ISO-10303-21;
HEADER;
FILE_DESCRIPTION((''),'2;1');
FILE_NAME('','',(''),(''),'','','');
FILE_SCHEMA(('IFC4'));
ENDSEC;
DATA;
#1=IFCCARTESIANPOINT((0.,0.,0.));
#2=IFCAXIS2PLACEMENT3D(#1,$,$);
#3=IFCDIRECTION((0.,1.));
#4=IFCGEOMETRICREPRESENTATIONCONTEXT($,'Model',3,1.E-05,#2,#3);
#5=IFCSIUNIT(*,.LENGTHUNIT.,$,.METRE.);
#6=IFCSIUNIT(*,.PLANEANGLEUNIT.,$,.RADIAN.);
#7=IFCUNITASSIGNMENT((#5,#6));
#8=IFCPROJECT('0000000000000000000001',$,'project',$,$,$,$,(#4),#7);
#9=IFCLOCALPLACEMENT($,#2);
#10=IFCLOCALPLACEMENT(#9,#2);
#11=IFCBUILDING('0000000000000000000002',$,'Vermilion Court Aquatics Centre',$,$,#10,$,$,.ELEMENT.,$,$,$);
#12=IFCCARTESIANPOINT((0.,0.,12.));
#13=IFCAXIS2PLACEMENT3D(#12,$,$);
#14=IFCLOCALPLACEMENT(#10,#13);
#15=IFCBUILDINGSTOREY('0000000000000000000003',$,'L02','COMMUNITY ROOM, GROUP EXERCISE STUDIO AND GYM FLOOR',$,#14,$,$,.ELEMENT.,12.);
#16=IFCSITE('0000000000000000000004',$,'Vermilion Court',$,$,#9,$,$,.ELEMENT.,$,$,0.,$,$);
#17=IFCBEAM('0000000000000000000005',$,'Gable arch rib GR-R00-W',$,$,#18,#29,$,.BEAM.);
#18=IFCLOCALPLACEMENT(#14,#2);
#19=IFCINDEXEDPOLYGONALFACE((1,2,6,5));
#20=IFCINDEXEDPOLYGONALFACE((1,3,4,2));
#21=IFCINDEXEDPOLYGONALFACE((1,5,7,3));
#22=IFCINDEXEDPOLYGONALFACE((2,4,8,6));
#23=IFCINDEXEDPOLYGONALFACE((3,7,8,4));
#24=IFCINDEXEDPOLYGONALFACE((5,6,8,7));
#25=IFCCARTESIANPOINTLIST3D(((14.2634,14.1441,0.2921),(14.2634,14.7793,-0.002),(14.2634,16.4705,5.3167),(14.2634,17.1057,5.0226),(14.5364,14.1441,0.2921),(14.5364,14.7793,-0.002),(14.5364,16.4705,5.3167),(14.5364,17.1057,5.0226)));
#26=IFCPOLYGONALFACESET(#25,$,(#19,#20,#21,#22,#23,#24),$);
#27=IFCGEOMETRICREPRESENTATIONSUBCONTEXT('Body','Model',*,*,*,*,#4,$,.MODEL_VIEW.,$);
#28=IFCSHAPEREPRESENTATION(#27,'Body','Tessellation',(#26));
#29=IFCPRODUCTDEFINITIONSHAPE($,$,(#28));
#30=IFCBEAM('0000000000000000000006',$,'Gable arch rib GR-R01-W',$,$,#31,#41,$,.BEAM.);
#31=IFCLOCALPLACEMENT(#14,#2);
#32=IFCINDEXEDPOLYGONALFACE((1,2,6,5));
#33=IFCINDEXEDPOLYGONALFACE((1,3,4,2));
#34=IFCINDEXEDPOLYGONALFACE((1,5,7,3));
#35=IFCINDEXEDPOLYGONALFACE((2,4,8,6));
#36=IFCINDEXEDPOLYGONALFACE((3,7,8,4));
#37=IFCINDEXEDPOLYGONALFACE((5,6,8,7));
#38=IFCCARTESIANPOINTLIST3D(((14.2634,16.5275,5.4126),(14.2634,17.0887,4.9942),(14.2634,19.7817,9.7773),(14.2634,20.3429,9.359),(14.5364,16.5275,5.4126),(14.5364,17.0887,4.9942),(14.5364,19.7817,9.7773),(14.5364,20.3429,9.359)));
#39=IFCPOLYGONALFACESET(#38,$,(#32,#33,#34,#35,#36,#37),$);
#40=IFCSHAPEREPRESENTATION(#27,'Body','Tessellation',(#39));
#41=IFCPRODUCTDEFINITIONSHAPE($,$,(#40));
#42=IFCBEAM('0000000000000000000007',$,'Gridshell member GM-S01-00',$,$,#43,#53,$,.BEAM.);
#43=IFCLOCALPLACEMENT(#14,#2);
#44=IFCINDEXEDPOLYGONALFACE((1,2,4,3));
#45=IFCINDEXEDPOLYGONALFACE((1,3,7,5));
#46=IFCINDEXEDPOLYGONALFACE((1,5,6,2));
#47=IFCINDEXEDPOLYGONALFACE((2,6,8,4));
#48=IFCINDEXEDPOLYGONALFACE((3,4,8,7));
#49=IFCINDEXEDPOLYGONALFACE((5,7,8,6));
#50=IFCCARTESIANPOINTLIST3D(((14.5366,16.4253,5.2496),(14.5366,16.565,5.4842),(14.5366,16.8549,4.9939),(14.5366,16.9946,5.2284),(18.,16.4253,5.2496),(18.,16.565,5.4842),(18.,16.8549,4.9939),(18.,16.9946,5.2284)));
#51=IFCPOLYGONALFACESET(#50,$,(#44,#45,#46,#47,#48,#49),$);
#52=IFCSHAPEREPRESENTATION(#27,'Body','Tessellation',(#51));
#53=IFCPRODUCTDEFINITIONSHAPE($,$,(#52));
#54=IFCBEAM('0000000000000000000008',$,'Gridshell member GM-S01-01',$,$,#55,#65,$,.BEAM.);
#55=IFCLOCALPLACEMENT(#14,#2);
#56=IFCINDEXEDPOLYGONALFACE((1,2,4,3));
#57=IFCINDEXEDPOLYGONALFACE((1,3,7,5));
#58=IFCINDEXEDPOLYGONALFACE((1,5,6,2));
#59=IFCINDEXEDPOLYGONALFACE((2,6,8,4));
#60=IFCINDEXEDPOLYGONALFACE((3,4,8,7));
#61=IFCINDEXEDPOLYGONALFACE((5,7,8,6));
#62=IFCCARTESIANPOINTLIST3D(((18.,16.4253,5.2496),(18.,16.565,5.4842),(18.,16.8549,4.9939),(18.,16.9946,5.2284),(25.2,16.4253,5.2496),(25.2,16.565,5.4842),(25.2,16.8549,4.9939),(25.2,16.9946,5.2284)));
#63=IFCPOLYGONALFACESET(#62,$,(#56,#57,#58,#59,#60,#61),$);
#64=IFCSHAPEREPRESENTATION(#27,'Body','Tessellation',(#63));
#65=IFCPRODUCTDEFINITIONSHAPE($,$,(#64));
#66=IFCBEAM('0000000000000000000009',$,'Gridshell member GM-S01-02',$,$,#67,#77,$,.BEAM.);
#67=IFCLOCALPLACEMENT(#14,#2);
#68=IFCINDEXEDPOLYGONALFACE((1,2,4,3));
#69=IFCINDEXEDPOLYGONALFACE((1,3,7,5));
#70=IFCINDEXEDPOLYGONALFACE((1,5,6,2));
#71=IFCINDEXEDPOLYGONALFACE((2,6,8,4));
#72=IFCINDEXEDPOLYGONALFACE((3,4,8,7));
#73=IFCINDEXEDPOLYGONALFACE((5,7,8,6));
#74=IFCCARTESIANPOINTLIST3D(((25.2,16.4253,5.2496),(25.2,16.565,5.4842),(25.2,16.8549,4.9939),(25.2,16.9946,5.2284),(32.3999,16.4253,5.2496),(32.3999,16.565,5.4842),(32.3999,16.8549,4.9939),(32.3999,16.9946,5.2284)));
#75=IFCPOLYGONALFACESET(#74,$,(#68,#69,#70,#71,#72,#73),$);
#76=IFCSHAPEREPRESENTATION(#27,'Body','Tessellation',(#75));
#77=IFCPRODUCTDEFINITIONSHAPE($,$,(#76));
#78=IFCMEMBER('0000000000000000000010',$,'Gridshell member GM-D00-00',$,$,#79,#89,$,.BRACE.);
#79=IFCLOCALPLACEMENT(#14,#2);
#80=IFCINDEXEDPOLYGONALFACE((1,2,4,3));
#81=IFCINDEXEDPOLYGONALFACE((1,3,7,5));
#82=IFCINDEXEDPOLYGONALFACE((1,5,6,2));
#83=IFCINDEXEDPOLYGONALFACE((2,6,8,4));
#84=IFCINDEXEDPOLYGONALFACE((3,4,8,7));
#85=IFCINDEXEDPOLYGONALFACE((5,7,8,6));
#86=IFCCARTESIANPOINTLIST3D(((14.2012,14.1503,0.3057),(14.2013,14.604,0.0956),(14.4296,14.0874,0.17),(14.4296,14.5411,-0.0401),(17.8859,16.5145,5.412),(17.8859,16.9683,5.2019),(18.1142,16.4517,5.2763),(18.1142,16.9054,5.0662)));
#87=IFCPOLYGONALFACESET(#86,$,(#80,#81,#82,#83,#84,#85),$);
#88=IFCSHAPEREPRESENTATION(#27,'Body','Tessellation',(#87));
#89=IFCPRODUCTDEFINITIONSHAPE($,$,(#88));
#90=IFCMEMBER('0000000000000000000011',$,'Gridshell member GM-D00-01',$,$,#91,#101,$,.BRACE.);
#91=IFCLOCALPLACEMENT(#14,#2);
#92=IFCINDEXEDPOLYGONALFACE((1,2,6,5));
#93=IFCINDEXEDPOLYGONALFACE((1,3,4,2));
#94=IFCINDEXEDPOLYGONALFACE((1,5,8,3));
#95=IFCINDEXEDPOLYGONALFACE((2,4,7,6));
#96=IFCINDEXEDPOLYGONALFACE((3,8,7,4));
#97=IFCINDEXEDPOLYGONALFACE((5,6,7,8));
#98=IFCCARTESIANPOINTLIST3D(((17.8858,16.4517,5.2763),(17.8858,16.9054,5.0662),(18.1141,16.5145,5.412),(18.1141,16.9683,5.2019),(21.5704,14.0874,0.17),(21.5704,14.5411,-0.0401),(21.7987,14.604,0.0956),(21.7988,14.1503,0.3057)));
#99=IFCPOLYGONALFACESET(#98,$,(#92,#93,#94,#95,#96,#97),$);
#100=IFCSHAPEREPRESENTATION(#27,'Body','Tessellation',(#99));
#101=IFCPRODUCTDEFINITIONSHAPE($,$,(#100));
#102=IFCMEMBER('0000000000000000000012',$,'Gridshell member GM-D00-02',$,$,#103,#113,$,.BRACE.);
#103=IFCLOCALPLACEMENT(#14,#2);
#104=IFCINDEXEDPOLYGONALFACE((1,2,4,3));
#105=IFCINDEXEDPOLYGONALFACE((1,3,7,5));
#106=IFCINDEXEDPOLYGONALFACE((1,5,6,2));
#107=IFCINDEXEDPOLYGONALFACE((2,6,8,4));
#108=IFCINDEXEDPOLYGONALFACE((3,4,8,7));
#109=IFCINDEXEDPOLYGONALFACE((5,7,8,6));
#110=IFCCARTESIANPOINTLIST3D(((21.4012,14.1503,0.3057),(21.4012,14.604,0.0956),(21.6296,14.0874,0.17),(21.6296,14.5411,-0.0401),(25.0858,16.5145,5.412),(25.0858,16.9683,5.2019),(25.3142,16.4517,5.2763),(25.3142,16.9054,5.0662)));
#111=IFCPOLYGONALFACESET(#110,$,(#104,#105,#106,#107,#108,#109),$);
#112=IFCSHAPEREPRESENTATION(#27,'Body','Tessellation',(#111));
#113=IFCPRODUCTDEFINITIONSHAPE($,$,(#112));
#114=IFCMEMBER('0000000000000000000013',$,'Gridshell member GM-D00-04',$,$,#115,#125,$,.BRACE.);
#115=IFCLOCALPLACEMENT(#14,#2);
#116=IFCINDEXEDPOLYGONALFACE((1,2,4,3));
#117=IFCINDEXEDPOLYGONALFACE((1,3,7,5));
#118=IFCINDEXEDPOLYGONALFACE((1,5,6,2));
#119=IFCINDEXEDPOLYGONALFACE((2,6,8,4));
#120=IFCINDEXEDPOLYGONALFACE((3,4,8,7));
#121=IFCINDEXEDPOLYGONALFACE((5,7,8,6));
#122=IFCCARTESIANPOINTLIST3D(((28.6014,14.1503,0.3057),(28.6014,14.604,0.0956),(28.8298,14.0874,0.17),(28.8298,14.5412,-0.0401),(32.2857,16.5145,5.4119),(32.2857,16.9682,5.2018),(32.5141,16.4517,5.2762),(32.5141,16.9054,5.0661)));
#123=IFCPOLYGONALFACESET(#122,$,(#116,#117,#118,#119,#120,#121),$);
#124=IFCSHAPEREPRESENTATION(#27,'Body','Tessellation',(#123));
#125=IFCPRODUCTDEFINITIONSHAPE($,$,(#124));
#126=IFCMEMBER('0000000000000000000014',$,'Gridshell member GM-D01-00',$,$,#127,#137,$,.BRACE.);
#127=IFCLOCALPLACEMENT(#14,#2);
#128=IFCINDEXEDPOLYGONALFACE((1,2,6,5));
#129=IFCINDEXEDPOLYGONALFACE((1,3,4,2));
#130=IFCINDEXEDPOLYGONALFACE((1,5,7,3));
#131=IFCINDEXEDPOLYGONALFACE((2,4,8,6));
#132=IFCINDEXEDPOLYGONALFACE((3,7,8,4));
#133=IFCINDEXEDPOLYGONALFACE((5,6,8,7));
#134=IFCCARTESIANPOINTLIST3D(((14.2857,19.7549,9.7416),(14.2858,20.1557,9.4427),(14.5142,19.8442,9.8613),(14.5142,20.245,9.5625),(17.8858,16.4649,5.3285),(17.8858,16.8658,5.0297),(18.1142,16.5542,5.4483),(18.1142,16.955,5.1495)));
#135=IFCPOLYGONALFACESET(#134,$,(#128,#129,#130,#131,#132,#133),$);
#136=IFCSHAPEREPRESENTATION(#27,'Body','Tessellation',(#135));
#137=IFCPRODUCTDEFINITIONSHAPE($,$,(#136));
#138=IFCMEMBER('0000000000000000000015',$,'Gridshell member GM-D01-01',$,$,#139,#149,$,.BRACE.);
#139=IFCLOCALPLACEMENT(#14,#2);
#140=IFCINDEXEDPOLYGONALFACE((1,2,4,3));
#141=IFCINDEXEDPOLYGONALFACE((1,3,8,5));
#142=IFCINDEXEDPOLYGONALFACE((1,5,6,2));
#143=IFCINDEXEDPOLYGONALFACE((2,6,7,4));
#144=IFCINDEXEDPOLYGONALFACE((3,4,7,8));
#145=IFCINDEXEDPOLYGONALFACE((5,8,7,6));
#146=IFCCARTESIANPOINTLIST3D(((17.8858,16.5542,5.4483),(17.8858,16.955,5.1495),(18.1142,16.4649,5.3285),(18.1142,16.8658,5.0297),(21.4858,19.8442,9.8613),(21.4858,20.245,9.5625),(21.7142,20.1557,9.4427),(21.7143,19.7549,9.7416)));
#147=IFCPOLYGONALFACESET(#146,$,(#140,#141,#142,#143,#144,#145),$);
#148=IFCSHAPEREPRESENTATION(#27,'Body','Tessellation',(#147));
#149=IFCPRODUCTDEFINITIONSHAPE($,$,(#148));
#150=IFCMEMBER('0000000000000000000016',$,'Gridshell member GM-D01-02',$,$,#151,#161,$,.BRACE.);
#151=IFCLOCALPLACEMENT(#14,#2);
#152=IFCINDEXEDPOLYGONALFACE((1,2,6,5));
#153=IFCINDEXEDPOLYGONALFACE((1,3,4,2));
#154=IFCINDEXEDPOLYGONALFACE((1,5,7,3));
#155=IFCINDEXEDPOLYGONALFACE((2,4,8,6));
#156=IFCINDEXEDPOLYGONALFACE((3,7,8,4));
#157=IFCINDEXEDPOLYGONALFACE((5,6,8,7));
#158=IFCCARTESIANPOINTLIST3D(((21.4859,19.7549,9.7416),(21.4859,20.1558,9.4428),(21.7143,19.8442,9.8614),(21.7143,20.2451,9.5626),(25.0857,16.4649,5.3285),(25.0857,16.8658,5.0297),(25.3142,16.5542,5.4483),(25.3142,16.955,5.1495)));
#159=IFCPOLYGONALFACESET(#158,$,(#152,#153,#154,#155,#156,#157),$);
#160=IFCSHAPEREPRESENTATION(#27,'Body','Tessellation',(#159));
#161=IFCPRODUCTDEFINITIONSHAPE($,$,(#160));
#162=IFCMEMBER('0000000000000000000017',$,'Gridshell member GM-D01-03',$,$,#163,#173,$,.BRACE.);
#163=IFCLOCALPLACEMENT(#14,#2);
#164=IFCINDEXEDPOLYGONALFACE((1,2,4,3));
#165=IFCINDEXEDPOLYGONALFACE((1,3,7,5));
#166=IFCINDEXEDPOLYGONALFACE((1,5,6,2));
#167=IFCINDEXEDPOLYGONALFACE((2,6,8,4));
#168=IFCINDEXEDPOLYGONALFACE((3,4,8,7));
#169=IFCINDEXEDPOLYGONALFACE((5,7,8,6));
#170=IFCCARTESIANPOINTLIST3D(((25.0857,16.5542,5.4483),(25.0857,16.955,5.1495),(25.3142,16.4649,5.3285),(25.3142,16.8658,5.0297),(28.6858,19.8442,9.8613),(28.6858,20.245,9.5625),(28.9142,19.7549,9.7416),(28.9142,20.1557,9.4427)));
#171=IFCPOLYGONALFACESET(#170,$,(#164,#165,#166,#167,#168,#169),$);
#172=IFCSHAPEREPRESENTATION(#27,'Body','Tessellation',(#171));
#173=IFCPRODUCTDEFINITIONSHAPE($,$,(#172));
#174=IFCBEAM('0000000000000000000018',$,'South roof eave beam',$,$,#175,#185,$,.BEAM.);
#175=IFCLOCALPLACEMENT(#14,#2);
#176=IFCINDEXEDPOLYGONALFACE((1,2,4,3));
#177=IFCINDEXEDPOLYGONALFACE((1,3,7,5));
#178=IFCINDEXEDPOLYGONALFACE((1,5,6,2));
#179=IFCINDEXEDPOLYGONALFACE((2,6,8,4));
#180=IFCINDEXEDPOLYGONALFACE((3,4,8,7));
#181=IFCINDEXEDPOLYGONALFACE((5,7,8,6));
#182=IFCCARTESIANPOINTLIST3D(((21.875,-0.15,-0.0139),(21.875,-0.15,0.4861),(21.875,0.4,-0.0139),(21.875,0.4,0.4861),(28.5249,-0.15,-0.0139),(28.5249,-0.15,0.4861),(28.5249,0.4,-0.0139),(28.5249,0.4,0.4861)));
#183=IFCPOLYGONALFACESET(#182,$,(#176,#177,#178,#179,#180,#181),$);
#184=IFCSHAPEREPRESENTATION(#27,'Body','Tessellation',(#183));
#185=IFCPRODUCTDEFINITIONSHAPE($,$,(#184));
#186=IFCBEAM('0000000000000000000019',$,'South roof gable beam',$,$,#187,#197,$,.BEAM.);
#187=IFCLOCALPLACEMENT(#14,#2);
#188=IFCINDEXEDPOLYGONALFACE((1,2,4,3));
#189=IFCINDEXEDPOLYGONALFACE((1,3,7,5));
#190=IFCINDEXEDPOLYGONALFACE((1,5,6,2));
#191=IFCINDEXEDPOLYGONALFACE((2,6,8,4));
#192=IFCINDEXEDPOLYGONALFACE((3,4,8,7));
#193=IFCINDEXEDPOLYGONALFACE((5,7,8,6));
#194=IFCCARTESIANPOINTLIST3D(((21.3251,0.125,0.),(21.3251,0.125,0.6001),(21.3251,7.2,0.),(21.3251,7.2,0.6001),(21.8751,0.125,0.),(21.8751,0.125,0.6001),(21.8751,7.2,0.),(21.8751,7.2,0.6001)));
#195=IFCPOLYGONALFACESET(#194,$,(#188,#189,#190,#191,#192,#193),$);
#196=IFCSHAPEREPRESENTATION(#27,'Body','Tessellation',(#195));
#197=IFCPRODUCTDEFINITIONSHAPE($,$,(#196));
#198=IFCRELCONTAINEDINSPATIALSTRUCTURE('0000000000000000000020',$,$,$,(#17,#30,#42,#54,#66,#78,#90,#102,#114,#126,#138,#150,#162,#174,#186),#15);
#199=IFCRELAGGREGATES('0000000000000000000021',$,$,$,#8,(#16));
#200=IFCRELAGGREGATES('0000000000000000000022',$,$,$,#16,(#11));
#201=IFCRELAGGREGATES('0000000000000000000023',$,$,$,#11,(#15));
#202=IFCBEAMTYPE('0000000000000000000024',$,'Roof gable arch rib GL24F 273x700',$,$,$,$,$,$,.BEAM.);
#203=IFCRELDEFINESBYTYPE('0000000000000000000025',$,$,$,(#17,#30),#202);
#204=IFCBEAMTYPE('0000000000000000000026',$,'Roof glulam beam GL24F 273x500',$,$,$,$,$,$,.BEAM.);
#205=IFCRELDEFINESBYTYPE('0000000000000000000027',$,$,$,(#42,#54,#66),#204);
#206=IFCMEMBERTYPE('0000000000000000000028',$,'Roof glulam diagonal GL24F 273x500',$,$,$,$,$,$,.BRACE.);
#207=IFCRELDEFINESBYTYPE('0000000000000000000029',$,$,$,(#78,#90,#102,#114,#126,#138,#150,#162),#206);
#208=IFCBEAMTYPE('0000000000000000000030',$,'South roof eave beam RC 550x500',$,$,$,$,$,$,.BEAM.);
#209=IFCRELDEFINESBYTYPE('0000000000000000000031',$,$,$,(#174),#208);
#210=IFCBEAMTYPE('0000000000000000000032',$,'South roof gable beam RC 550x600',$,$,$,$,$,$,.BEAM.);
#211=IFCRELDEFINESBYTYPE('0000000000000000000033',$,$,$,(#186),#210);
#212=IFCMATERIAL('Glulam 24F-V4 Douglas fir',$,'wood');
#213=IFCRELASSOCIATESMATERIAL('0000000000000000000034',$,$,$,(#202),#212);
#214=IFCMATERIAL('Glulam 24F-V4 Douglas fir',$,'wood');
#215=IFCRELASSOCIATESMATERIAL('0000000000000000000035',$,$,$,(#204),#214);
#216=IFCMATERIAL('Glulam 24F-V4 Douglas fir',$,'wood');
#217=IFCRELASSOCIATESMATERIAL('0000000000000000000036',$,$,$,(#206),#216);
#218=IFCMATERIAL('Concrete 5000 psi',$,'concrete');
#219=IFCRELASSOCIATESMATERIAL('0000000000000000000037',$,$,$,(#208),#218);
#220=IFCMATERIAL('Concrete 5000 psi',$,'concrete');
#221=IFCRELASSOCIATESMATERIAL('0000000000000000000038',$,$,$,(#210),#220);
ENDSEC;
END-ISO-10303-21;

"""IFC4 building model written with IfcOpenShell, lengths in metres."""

from ifc_helpers import new_model, si_unit, direction, frame, origin, origin_2d, place, context, subcontext, project, spatial, rectangle, extrude, material, material_profile, profile_set, type_object, element, save


model = new_model("IFC4")

# Units and contexts
model_context = context("Model", 3, precision=1e-05, world=origin(), true_north=direction((0.0, 1.0)))
body_context = subcontext(model_context, "Body", "Model", "MODEL_VIEW")
ifc_project = project(units=[si_unit("LENGTHUNIT", "METRE"), si_unit("PLANEANGLEUNIT", "RADIAN")], contexts=[model_context])

# Site, building, storey
site_placement = place(None, origin())
site = spatial("IfcSite", under=ifc_project, at=site_placement, Name="Vermilion Court", CompositionType="ELEMENT", RefElevation=0.0)
building_placement = place(site_placement, origin())
building = spatial("IfcBuilding", under=site, at=building_placement, Name="Vermilion Court Aquatics Centre", CompositionType="ELEMENT")
storey_placement = place(building_placement, frame((0.0, 0.0, 12.0)))
storey = spatial("IfcBuildingStorey", under=building, at=storey_placement, Name="L02", Description="COMMUNITY ROOM, GROUP EXERCISE STUDIO AND GYM FLOOR", CompositionType="ELEMENT", Elevation=12.0)

# Beams
ifc_material_1 = material(Name="Glulam 24F-V4 Douglas fir", Category="wood")
ifc_material_profile_1 = material_profile(ifc_material_1, rectangle(XDim=0.2729, YDim=0.7, at=origin_2d()), Name="GL24F 273x700")
ifc_profile_set_1 = profile_set([ifc_material_profile_1], Name="Glulam 24F-V4 Douglas fir")
beam_type_1 = type_object("IfcBeamType", Name="Roof gable arch rib GL24F 273x700", PredefinedType="BEAM", material=ifc_profile_set_1)
beam_1_placement = place(storey_placement, frame((14.3999, 14.4617, 0.145), z_axis=(0.0, 0.420151, 0.907454), x_axis=(-1.0, 0.0, 0.0)))
element("IfcBeam", 1, at=beam_1_placement, inside=storey, type_object=beam_type_1, Name="Gable arch rib GR-R00-W", PredefinedType="BEAM", context=body_context, shape_type="SweptSolid", body=[
    extrude(rectangle(XDim=0.2729, YDim=0.7, at=origin_2d()), origin(), (0.0, 0.0, 1.0), 5.5371),
])
beam_2_placement = place(storey_placement, frame((14.3999, 16.8081, 5.2034), z_axis=(0.0, 0.597716, 0.801708), x_axis=(-1.0, 0.0, 0.0)))
element("IfcBeam", 2, at=beam_2_placement, inside=storey, type_object=beam_type_1, Name="Gable arch rib GR-R01-W", PredefinedType="BEAM", context=body_context, shape_type="SweptSolid", body=[
    extrude(rectangle(XDim=0.2729, YDim=0.7, at=origin_2d()), origin(), (0.0, 0.0, 1.0), 5.4443),
])
ifc_material_2 = material(Name="Glulam 24F-V4 Douglas fir", Category="wood")
ifc_material_profile_2 = material_profile(ifc_material_2, rectangle(XDim=0.2729, YDim=0.5, at=origin_2d()), Name="GL24F 273x500")
ifc_profile_set_2 = profile_set([ifc_material_profile_2], Name="Glulam 24F-V4 Douglas fir")
beam_type_2 = type_object("IfcBeamType", Name="Roof glulam beam GL24F 273x500", PredefinedType="BEAM", material=ifc_profile_set_2)
beam_3_placement = place(storey_placement, frame((14.5366, 16.71, 5.239), z_axis=(1.0, 0.0, 0.0), x_axis=(0.0, 0.511595, 0.859227)))
element("IfcBeam", 3, at=beam_3_placement, inside=storey, type_object=beam_type_2, Name="Gridshell member GM-S01-00", PredefinedType="BEAM", context=body_context, shape_type="SweptSolid", body=[
    extrude(rectangle(XDim=0.2729, YDim=0.5, at=origin_2d()), origin(), (0.0, 0.0, 1.0), 3.4634),
])
for number, where, z_axis, x_axis, name in (
    (4, (18.0, 16.71, 5.239), (1.0, 0.0, 0.0), (0.0, 0.511595, 0.859227), "Gridshell member GM-S01-01"),
    (5, (25.2, 16.71, 5.239), (1.0, 0.0, 0.0), (0.0, 0.511595, 0.859227), "Gridshell member GM-S01-02"),
):
    element("IfcBeam", number, at=place(storey_placement, frame(where, z_axis=z_axis, x_axis=x_axis)), inside=storey, type_object=beam_type_2, Name=name, PredefinedType="BEAM", context=body_context, shape_type="SweptSolid", body=[
        extrude(rectangle(XDim=0.2729, YDim=0.5, at=origin_2d()), origin(), (0.0, 0.0, 1.0), 7.2),
    ])

# Members
ifc_material_3 = material(Name="Glulam 24F-V4 Douglas fir", Category="wood")
ifc_material_profile_3 = material_profile(ifc_material_3, rectangle(XDim=0.2729, YDim=0.5, at=origin_2d()), Name="GL24F 273x500")
ifc_profile_set_3 = profile_set([ifc_material_profile_3], Name="Glulam 24F-V4 Douglas fir")
member_type = type_object("IfcMemberType", Name="Roof glulam diagonal GL24F 273x500", PredefinedType="BRACE", material=ifc_profile_set_3)
for number, where, z_axis, x_axis, name in (
    (6, (14.3154, 14.3457, 0.1328), (0.54781, 0.35151, 0.759174), (-0.836603, 0.230193, 0.497099), "Gridshell member GM-D00-00"),
    (7, (21.6846, 14.3457, 0.1328), (-0.54781, 0.35151, 0.759174), (-0.836603, -0.230193, -0.497099), "Gridshell member GM-D00-01"),
    (8, (21.5154, 14.3457, 0.1328), (0.54781, 0.35151, 0.759174), (-0.836603, 0.230193, 0.497099), "Gridshell member GM-D00-02"),
):
    element("IfcMember", number, at=place(storey_placement, frame(where, z_axis=z_axis, x_axis=x_axis)), inside=storey, type_object=member_type, Name=name, PredefinedType="BRACE", context=body_context, shape_type="SweptSolid", body=[
        extrude(rectangle(XDim=0.2729, YDim=0.5, at=origin_2d()), origin(), (0.0, 0.0, 1.0), 6.7261),
    ])
member_placement = place(storey_placement, frame((28.7156, 14.3457, 0.1328), z_axis=(0.547785, 0.351517, 0.759189), x_axis=(-0.836619, 0.230161, 0.497085)))
element("IfcMember", 9, at=member_placement, inside=storey, type_object=member_type, Name="Gridshell member GM-D00-04", PredefinedType="BRACE", context=body_context, shape_type="SweptSolid", body=[
    extrude(rectangle(XDim=0.2729, YDim=0.5, at=origin_2d()), origin(), (0.0, 0.0, 1.0), 6.7258),
])
for number, where, z_axis, x_axis, name in (
    (10, (18.0, 16.71, 5.239), (-0.547355, 0.500214, 0.670961), (-0.836901, -0.327117, -0.438853), "Gridshell member GM-D01-00"),
    (11, (18.0, 16.71, 5.239), (0.547355, 0.500214, 0.670961), (-0.836901, 0.327117, 0.438853), "Gridshell member GM-D01-01"),
    (12, (25.2, 16.71, 5.239), (-0.547329, 0.500224, 0.670974), (-0.836918, -0.327083, -0.438846), "Gridshell member GM-D01-02"),
    (13, (25.2, 16.71, 5.239), (0.547355, 0.500214, 0.670961), (-0.836901, 0.327117, 0.438853), "Gridshell member GM-D01-03"),
):
    element("IfcMember", number, at=place(storey_placement, frame(where, z_axis=z_axis, x_axis=x_axis)), inside=storey, type_object=member_type, Name=name, PredefinedType="BRACE", context=body_context, shape_type="SweptSolid", body=[
        extrude(rectangle(XDim=0.2729, YDim=0.5, at=origin_2d()), origin(), (0.0, 0.0, 1.0), 6.5771),
    ])

# Beams
ifc_material_4 = material(Name="Concrete 5000 psi", Category="concrete")
ifc_material_profile_4 = material_profile(ifc_material_4, rectangle(XDim=0.55, YDim=0.5, at=origin_2d()), Name="RC 550x500")
ifc_profile_set_4 = profile_set([ifc_material_profile_4], Name="Concrete 5000 psi")
beam_type_3 = type_object("IfcBeamType", Name="South roof eave beam RC 550x500", PredefinedType="BEAM", material=ifc_profile_set_4)
beam_4_placement = place(storey_placement, frame((21.875, 0.125, 0.2361), z_axis=(1.0, 0.0, 0.0), x_axis=(0.0, 1.0, 0.0)))
element("IfcBeam", 14, at=beam_4_placement, inside=storey, type_object=beam_type_3, Name="South roof eave beam", PredefinedType="BEAM", context=body_context, shape_type="SweptSolid", body=[
    extrude(rectangle(XDim=0.55, YDim=0.5, at=origin_2d()), origin(), (0.0, 0.0, 1.0), 6.6499),
])
ifc_material_5 = material(Name="Concrete 5000 psi", Category="concrete")
ifc_material_profile_5 = material_profile(ifc_material_5, rectangle(XDim=0.55, YDim=0.6001, at=origin_2d()), Name="RC 550x600")
ifc_profile_set_5 = profile_set([ifc_material_profile_5], Name="Concrete 5000 psi")
beam_type_4 = type_object("IfcBeamType", Name="South roof gable beam RC 550x600", PredefinedType="BEAM", material=ifc_profile_set_5)
beam_5_placement = place(storey_placement, frame((21.6001, 0.125, 0.3), z_axis=(0.0, 1.0, 0.0), x_axis=(-1.0, 0.0, 0.0)))
element("IfcBeam", 15, at=beam_5_placement, inside=storey, type_object=beam_type_4, Name="South roof gable beam", PredefinedType="BEAM", context=body_context, shape_type="SweptSolid", body=[
    extrude(rectangle(XDim=0.55, YDim=0.6001, at=origin_2d()), origin(), (0.0, 0.0, 1.0), 7.075),
])

save(model, "model.ifc")
